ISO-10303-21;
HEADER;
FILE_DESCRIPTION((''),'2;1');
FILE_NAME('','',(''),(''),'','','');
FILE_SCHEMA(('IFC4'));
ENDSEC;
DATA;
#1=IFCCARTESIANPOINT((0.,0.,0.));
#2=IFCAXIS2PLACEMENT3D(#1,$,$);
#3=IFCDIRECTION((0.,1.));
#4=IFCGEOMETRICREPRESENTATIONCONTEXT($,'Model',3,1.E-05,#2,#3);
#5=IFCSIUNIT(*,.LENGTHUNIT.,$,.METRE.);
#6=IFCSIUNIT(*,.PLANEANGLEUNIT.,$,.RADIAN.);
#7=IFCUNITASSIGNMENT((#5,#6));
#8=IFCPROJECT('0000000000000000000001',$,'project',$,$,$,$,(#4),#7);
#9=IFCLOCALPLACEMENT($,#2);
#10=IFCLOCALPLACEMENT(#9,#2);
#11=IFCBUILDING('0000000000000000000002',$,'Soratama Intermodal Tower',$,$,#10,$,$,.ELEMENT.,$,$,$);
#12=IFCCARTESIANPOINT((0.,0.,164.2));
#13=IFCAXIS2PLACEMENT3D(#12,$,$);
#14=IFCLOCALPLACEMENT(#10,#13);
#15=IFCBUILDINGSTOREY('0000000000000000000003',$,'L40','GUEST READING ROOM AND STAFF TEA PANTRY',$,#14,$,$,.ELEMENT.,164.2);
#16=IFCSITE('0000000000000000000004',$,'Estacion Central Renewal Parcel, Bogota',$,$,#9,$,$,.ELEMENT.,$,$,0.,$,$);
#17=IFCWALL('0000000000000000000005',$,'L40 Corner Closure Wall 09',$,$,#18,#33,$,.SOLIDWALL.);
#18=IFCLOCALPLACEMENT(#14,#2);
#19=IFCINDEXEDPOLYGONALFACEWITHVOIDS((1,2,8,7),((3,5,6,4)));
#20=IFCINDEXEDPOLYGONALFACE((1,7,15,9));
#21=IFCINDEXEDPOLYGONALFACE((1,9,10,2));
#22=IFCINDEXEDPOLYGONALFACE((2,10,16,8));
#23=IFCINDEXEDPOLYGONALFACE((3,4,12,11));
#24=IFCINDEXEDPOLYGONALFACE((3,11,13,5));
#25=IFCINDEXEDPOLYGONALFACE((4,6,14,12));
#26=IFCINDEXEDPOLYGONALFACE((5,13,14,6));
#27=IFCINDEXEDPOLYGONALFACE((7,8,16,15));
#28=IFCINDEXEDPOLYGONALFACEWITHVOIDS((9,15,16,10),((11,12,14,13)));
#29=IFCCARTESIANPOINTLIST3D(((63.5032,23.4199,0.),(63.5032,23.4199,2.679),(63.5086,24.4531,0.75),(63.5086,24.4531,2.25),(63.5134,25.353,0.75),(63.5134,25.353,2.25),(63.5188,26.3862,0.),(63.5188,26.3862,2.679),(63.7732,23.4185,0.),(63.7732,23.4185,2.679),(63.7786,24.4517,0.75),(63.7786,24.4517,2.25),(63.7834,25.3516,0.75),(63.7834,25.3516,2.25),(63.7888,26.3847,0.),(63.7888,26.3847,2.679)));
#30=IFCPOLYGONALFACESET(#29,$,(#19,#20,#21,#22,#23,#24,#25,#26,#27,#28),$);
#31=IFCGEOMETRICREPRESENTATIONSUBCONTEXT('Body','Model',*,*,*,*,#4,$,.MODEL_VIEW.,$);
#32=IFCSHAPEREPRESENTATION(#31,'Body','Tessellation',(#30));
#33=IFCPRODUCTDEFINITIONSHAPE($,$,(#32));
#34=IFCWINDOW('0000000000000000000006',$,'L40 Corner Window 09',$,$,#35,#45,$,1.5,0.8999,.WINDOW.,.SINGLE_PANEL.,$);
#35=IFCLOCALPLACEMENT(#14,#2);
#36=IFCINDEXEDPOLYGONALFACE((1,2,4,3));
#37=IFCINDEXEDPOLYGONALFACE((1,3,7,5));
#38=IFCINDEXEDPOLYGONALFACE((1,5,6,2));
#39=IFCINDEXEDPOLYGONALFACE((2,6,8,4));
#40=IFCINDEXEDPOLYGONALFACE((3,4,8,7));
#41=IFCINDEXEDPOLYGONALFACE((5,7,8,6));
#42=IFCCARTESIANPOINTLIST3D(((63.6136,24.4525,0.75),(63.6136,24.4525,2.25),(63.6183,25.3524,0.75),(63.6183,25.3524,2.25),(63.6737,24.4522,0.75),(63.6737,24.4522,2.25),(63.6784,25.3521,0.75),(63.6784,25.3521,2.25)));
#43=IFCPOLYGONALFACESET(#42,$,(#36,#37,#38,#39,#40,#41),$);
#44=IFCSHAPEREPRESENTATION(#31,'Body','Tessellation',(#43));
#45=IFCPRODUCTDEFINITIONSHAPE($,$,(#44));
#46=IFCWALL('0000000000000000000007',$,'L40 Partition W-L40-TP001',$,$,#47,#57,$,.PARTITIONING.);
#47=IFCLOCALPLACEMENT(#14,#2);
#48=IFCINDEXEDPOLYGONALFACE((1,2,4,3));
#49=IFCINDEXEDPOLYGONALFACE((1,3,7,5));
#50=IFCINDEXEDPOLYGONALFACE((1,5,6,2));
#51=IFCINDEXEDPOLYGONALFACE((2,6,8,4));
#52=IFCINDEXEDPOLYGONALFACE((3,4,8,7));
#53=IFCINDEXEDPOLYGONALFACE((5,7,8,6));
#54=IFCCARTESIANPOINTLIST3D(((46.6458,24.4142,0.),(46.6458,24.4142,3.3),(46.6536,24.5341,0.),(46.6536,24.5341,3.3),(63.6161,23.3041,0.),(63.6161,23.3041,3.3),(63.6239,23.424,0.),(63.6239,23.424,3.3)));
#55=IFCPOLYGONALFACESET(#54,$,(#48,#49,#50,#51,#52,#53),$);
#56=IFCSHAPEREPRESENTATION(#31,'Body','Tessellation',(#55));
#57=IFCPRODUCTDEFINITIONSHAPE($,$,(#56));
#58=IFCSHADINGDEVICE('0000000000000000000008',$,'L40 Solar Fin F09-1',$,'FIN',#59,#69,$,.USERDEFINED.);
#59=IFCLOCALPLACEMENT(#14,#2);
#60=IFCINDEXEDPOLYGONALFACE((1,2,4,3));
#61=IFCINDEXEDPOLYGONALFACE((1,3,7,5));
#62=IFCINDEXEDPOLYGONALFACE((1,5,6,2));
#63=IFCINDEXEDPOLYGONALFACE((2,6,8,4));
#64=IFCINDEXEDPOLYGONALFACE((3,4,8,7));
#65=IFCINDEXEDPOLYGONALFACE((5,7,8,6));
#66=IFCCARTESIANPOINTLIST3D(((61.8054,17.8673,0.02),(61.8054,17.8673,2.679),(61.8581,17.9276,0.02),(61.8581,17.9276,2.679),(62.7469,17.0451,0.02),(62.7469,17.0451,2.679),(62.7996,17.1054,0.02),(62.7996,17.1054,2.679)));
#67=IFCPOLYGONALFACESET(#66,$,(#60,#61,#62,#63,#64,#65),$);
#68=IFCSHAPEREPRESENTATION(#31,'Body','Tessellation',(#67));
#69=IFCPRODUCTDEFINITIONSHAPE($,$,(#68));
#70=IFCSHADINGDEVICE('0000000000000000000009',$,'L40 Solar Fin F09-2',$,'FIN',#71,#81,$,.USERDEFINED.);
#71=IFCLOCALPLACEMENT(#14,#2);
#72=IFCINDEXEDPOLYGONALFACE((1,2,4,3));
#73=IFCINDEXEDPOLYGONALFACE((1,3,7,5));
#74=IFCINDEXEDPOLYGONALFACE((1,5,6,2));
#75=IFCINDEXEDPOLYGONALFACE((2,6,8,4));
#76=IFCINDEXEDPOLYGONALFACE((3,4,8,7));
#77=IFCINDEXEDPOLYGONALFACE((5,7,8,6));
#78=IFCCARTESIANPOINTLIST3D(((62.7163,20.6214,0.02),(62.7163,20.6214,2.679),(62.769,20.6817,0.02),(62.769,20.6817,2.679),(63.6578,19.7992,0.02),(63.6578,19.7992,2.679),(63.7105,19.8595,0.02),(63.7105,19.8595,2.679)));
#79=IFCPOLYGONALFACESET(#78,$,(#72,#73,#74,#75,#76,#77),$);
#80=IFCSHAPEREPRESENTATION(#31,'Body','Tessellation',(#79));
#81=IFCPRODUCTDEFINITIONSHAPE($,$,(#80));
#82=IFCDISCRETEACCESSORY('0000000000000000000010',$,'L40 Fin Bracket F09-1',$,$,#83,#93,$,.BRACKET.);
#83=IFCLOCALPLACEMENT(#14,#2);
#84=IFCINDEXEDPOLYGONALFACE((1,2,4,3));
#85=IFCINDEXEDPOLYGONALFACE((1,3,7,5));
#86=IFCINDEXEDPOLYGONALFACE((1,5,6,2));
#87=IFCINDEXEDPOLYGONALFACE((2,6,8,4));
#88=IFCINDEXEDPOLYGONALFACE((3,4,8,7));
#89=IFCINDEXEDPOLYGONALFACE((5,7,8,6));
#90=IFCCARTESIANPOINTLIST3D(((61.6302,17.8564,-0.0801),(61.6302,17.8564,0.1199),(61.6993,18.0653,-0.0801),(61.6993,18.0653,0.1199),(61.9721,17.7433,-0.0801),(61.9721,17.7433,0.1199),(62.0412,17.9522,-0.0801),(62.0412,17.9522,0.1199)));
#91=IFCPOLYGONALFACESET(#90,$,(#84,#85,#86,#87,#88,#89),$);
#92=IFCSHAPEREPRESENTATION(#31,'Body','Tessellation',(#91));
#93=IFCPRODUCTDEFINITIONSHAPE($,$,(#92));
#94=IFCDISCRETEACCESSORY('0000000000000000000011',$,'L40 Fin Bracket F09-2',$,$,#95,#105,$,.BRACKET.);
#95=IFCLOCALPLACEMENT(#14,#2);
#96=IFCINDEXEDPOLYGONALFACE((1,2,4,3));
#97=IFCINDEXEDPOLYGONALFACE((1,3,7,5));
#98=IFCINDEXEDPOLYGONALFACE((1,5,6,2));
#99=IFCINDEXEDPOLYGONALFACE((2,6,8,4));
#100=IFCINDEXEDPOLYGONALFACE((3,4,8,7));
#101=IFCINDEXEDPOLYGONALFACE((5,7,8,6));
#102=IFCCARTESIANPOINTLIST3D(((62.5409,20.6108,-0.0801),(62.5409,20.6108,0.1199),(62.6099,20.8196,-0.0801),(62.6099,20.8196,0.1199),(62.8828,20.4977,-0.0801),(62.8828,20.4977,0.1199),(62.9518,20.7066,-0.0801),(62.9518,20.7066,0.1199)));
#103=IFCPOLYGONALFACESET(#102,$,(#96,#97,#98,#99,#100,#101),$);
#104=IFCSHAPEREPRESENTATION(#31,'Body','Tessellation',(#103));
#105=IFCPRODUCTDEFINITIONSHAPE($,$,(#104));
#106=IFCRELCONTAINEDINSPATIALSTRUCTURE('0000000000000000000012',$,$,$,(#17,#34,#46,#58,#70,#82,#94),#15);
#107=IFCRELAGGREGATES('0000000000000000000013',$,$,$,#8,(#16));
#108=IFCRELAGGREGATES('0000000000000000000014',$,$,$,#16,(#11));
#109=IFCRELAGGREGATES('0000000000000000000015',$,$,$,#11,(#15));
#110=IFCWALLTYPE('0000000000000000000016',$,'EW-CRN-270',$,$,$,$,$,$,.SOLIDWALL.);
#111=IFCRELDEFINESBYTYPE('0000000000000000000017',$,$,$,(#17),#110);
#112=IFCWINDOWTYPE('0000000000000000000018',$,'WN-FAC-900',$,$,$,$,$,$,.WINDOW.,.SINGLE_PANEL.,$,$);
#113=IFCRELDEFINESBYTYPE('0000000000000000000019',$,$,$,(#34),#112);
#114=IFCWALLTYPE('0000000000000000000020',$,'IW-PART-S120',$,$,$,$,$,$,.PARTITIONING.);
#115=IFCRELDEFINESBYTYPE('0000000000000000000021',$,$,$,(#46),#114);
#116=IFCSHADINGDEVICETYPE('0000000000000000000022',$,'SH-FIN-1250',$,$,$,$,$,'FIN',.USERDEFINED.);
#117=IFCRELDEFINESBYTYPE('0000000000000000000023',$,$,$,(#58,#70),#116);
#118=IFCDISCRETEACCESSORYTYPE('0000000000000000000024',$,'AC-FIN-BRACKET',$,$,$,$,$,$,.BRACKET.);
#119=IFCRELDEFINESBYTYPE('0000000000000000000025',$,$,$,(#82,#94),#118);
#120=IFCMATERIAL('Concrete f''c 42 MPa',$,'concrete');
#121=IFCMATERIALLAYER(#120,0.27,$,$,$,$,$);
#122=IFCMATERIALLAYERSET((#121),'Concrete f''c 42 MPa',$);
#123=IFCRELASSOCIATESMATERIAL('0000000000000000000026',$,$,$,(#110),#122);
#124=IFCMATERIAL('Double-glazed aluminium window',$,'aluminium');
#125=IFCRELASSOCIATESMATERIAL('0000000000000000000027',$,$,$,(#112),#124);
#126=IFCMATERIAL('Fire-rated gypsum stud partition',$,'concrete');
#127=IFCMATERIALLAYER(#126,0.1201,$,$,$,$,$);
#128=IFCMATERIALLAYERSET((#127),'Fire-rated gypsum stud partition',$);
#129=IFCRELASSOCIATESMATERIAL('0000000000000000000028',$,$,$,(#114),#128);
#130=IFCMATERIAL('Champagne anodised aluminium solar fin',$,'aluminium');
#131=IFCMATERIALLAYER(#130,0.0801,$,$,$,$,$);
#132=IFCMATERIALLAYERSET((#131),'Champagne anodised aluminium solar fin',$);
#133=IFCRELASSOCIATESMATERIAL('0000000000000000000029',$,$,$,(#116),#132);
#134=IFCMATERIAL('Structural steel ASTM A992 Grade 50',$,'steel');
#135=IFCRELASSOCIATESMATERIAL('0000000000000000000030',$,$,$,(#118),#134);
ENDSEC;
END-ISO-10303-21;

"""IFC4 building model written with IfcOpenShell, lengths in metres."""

from ifc_helpers import new_model, si_unit, direction, frame, frame_2d, origin, origin_2d, place, context, subcontext, project, spatial, rectangle, extrude, material, layer, layer_set, type_object, element, fill, save


model = new_model("IFC4")

# Units and contexts
model_context = context("Model", 3, precision=1e-05, world=origin(), true_north=direction((0.0, 1.0)))
body_context = subcontext(model_context, "Body", "Model", "MODEL_VIEW")
ifc_project = project(units=[si_unit("LENGTHUNIT", "METRE"), si_unit("PLANEANGLEUNIT", "RADIAN")], contexts=[model_context])

# Site, building, storey
site_placement = place(None, origin())
site = spatial("IfcSite", under=ifc_project, at=site_placement, Name="Estacion Central Renewal Parcel, Bogota", CompositionType="ELEMENT", RefElevation=0.0)
building_placement = place(site_placement, origin())
building = spatial("IfcBuilding", under=site, at=building_placement, Name="Soratama Intermodal Tower", CompositionType="ELEMENT")
storey_placement = place(building_placement, frame((0.0, 0.0, 164.2)))
storey = spatial("IfcBuildingStorey", under=building, at=storey_placement, Name="L40", Description="GUEST READING ROOM AND STAFF TEA PANTRY", CompositionType="ELEMENT", Elevation=164.2)

# Wall, opening, window
ifc_material_1 = material(Name="Concrete f'c 42 MPa", Category="concrete")
ifc_layer_1 = layer(ifc_material_1, 0.27)
ifc_layer_set_1 = layer_set([ifc_layer_1], Name="Concrete f'c 42 MPa")
wall_type_1 = type_object("IfcWallType", Name="EW-CRN-270", PredefinedType="SOLIDWALL", material=ifc_layer_set_1)
wall_1_placement = place(storey_placement, frame((63.6382, 23.4192, 0.0), z_axis=(0.0, 0.0, 1.0), x_axis=(0.005267, 0.999986, 0.0)))
wall_1 = element("IfcWall", 1, at=wall_1_placement, inside=storey, type_object=wall_type_1, Name="L40 Corner Closure Wall 09", PredefinedType="SOLIDWALL", context=body_context, shape_type="SweptSolid", body=[
    extrude(rectangle(XDim=2.9663, YDim=0.27, at=frame_2d((1.4832, 0.0))), origin(), (0.0, 0.0, 1.0), 2.679),
])
opening_placement = place(wall_1_placement, frame((1.0332, 0.0, 0.75)))
opening = element("IfcOpeningElement", 2, at=opening_placement, cuts=wall_1, PredefinedType="OPENING", context=body_context, shape_type="SweptSolid", body=[
    extrude(rectangle(XDim=0.8999, YDim=1.5, at=frame_2d((0.45, 0.75))), frame((0.0, 0.145, 0.0), z_axis=(0.0, -1.0, 0.0), x_axis=(1.0, 0.0, 0.0)), (0.0, 0.0, 1.0), 0.29),
])
ifc_material_2 = material(Name="Double-glazed aluminium window", Category="aluminium")
window_type = type_object("IfcWindowType", Name="WN-FAC-900", PartitioningType="SINGLE_PANEL", PredefinedType="WINDOW", material=ifc_material_2)
window_placement = place(opening_placement, origin())
window = element("IfcWindow", 3, at=window_placement, inside=storey, type_object=window_type, Name="L40 Corner Window 09", OverallHeight=1.5, OverallWidth=0.8999, PartitioningType="SINGLE_PANEL", PredefinedType="WINDOW", context=body_context, shape_type="SweptSolid", body=[
    extrude(rectangle(XDim=0.8999, YDim=1.5, at=frame_2d((0.45, 0.75))), frame((0.0, 0.03, 0.0), z_axis=(0.0, -1.0, 0.0), x_axis=(1.0, 0.0, 0.0)), (0.0, 0.0, 1.0), 0.0601),
])
fill(opening, window)

# Wall
ifc_material_3 = material(Name="Fire-rated gypsum stud partition", Category="concrete")
ifc_layer_2 = layer(ifc_material_3, 0.1201)
ifc_layer_set_2 = layer_set([ifc_layer_2], Name="Fire-rated gypsum stud partition")
wall_type_2 = type_object("IfcWallType", Name="IW-PART-S120", PredefinedType="PARTITIONING", material=ifc_layer_set_2)
wall_2_placement = place(storey_placement, frame((63.6201, 23.364, 0.0), z_axis=(0.0, 0.0, 1.0), x_axis=(-0.997867, 0.065276, 0.0)))
element("IfcWall", 4, at=wall_2_placement, inside=storey, type_object=wall_type_2, Name="L40 Partition W-L40-TP001", PredefinedType="PARTITIONING", context=body_context, shape_type="SweptSolid", body=[
    extrude(rectangle(XDim=17.0066, YDim=0.1201, at=frame_2d((8.5034, 0.0))), origin(), (0.0, 0.0, 1.0), 3.3),
])

# Shading devices
ifc_material_4 = material(Name="Champagne anodised aluminium solar fin", Category="aluminium")
ifc_layer_3 = layer(ifc_material_4, 0.0801)
ifc_layer_set_3 = layer_set([ifc_layer_3], Name="Champagne anodised aluminium solar fin")
shading_device_type = type_object("IfcShadingDeviceType", Name="SH-FIN-1250", ElementType="FIN", PredefinedType="USERDEFINED", material=ifc_layer_set_3)
for number, where, z_axis, x_axis, name in (
    (5, (62.3025, 17.4863, 0.02), (0.0, 0.0, 1.0), (0.753219, -0.65777, 0.0), "L40 Solar Fin F09-1"),
    (6, (63.2134, 20.2405, 0.02), (0.0, 0.0, 1.0), (0.753219, -0.65777, 0.0), "L40 Solar Fin F09-2"),
):
    element("IfcShadingDevice", number, at=place(storey_placement, frame(where, z_axis=z_axis, x_axis=x_axis)), inside=storey, type_object=shading_device_type, Name=name, ObjectType="FIN", PredefinedType="USERDEFINED", context=body_context, shape_type="SweptSolid", body=[
        extrude(rectangle(XDim=1.25, YDim=0.0801, at=origin_2d()), origin(), (0.0, 0.0, 1.0), 2.6589),
    ])

# Discrete accessories
ifc_material_5 = material(Name="Structural steel ASTM A992 Grade 50", Category="steel")
discrete_accessory_type = type_object("IfcDiscreteAccessoryType", Name="AC-FIN-BRACKET", PredefinedType="BRACKET", material=ifc_material_5)
for number, where, z_axis, x_axis, name in (
    (7, (61.8357, 17.9043, -0.0801), (0.0, 0.0, 1.0), (0.949425, -0.313992, 0.0), "L40 Fin Bracket F09-1"),
    (8, (62.7463, 20.6587, -0.0801), (0.0, 0.0, 1.0), (0.949425, -0.313992, 0.0), "L40 Fin Bracket F09-2"),
):
    element("IfcDiscreteAccessory", number, at=place(storey_placement, frame(where, z_axis=z_axis, x_axis=x_axis)), inside=storey, type_object=discrete_accessory_type, Name=name, PredefinedType="BRACKET", context=body_context, shape_type="SweptSolid", body=[
        extrude(rectangle(XDim=0.3601, YDim=0.22, at=origin_2d()), origin(), (0.0, 0.0, 1.0), 0.2),
    ])

save(model, "model.ifc")
